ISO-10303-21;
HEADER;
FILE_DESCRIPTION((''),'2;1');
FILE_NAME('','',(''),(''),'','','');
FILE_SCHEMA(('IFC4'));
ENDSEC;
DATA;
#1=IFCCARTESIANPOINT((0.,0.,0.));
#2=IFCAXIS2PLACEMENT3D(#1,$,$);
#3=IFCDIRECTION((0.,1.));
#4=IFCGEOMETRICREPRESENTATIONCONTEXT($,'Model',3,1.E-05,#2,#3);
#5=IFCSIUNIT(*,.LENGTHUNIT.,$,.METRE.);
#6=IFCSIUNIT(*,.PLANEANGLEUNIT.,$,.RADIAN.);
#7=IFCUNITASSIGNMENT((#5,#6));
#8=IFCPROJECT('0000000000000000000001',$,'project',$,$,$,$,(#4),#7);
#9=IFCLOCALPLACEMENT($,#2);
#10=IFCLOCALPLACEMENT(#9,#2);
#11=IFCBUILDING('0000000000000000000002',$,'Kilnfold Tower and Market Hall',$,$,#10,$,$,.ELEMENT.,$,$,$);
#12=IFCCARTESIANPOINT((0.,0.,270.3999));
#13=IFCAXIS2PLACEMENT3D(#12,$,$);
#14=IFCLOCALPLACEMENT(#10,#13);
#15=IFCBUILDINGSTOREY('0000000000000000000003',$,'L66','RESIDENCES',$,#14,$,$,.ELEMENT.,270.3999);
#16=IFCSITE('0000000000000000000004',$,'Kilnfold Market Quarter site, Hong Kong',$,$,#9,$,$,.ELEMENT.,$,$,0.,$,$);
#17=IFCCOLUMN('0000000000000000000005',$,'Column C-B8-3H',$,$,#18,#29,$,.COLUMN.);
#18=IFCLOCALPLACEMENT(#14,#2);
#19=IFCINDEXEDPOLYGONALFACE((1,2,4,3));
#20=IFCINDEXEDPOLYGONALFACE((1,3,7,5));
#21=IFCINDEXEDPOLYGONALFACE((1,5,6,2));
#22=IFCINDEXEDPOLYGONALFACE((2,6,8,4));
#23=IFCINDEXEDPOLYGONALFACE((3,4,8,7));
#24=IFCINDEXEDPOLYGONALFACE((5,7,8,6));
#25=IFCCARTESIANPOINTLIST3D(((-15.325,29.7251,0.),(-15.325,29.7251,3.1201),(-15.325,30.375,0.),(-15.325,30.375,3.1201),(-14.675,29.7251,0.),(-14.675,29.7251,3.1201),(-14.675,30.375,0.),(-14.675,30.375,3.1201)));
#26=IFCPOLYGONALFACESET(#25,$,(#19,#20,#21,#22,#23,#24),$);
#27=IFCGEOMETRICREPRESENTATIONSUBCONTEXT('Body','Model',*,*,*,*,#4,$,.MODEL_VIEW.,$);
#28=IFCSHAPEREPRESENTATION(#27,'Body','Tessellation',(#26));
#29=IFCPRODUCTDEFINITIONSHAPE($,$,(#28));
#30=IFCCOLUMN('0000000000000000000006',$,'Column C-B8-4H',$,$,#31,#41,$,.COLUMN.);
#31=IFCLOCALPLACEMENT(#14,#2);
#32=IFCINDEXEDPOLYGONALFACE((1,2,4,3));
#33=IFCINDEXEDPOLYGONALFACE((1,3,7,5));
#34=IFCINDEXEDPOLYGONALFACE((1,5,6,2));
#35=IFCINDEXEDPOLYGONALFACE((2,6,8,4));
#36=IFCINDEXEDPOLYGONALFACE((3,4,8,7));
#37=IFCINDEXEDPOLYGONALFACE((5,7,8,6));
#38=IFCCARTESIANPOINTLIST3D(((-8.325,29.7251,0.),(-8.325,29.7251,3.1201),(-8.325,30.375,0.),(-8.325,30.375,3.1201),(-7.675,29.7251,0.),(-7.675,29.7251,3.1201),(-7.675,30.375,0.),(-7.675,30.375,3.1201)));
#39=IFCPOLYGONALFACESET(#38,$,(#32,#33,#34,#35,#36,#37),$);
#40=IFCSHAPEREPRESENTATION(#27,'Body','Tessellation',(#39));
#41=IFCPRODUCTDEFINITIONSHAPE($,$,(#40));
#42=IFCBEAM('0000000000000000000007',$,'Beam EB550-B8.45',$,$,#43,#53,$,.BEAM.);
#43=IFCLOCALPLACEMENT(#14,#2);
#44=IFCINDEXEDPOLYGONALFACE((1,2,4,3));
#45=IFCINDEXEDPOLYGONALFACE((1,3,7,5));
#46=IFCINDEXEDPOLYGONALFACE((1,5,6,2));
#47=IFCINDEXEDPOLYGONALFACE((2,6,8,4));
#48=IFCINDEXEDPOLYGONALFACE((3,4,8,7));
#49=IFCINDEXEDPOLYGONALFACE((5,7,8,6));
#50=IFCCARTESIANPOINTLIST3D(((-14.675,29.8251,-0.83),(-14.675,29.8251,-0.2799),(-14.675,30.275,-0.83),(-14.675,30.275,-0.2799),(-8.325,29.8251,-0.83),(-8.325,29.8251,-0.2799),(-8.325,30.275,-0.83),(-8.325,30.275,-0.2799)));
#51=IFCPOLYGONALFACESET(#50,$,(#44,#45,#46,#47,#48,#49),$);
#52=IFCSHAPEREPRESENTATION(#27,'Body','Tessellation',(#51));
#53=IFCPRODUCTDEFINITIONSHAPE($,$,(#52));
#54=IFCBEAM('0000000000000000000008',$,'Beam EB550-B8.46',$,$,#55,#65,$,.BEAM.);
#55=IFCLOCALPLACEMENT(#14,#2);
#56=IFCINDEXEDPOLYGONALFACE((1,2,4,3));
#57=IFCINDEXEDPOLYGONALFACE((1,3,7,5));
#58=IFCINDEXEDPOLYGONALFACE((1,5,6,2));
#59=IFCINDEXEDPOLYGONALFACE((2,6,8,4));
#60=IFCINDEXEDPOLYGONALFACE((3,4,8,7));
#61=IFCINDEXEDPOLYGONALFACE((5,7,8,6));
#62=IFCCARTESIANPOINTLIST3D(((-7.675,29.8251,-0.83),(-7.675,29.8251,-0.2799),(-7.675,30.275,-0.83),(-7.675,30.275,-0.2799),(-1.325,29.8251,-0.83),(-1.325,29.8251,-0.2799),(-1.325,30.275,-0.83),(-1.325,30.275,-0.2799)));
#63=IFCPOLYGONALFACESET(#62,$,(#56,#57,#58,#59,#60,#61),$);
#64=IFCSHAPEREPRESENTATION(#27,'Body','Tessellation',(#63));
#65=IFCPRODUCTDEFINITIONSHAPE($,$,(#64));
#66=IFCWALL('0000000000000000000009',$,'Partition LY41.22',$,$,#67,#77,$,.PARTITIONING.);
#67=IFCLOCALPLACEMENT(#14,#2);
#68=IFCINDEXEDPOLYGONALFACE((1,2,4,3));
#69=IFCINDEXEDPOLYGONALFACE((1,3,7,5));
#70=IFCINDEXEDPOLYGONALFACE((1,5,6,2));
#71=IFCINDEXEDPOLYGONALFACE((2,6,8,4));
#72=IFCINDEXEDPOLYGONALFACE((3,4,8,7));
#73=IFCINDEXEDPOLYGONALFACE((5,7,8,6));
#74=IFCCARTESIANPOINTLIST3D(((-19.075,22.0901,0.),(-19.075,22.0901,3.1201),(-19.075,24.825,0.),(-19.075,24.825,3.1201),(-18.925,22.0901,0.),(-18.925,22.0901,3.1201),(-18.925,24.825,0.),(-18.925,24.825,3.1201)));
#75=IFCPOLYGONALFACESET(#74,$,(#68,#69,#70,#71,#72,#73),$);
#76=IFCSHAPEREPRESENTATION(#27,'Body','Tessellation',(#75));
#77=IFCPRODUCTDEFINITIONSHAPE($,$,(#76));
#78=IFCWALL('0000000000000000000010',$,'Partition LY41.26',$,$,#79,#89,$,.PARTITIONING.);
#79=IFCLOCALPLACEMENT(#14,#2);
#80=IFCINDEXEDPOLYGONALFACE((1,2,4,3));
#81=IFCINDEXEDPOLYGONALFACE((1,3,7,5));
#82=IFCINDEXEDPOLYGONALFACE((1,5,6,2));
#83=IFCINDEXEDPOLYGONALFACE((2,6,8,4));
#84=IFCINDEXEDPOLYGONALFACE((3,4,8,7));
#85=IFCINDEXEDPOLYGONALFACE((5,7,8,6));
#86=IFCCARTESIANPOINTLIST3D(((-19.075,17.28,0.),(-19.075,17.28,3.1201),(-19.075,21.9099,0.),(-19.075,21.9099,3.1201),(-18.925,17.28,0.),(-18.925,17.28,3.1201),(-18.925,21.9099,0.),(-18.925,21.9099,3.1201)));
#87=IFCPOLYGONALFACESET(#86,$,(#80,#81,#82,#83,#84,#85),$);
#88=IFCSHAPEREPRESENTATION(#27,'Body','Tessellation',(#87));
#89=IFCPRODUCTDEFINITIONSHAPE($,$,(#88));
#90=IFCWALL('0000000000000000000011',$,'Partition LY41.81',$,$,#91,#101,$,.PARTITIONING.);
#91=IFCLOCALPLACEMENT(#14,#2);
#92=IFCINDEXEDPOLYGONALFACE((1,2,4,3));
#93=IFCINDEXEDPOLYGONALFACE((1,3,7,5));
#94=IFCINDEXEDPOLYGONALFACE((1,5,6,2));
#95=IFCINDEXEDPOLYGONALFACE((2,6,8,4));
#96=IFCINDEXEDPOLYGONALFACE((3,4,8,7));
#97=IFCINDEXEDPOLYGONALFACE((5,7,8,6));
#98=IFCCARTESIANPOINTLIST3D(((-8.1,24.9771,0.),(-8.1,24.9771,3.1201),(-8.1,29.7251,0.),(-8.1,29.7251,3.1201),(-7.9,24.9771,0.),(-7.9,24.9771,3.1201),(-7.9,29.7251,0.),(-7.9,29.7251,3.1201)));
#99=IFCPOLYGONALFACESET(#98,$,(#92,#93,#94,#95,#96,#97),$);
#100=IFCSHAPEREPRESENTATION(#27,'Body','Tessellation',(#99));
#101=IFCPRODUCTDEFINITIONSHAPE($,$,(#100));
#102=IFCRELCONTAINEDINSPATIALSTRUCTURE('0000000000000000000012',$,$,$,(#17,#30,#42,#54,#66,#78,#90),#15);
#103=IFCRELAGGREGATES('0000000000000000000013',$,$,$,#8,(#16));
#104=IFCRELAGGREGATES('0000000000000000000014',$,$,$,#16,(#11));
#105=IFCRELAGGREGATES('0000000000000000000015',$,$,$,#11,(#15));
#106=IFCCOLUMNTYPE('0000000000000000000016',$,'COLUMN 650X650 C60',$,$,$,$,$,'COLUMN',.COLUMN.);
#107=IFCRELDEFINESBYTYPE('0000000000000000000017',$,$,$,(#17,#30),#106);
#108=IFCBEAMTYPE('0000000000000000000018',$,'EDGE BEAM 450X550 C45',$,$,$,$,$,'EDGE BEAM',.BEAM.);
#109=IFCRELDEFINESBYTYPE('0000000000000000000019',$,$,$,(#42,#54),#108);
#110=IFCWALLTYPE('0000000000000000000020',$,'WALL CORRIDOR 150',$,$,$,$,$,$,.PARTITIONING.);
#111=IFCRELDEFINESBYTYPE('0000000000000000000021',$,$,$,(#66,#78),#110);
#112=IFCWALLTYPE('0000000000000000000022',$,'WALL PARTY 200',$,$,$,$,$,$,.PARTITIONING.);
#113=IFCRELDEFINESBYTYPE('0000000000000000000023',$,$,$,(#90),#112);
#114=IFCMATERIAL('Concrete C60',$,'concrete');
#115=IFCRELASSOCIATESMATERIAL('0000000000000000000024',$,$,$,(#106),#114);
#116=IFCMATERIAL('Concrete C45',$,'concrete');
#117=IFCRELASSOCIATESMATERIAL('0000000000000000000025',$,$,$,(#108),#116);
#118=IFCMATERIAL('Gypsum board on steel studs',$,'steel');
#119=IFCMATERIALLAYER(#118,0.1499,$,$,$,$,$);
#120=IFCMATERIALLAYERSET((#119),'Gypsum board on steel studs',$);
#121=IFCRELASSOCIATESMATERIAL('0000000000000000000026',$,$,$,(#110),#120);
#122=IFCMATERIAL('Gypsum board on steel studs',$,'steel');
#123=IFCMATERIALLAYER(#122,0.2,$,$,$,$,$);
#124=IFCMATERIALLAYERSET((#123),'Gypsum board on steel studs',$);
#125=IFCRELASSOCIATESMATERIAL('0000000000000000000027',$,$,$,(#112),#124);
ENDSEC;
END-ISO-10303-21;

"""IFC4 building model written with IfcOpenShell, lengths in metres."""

from ifc_helpers import new_model, si_unit, direction, frame, frame_2d, origin, origin_2d, place, context, subcontext, project, spatial, rectangle, extrude, source, transform, mapped, material, layer, layer_set, material_profile, profile_set, type_object, element, save


model = new_model("IFC4")

# Units and contexts
model_context = context("Model", 3, precision=1e-05, world=origin(), true_north=direction((0.0, 1.0)))
body_context = subcontext(model_context, "Body", "Model", "MODEL_VIEW")
ifc_project = project(units=[si_unit("LENGTHUNIT", "METRE"), si_unit("PLANEANGLEUNIT", "RADIAN")], contexts=[model_context])

# Site, building, storey
site_placement = place(None, origin())
site = spatial("IfcSite", under=ifc_project, at=site_placement, Name="Kilnfold Market Quarter site, Hong Kong", CompositionType="ELEMENT", RefElevation=0.0)
building_placement = place(site_placement, origin())
building = spatial("IfcBuilding", under=site, at=building_placement, Name="Kilnfold Tower and Market Hall", CompositionType="ELEMENT")
storey_placement = place(building_placement, frame((0.0, 0.0, 270.3999)))
storey = spatial("IfcBuildingStorey", under=building, at=storey_placement, Name="L66", Description="RESIDENCES", CompositionType="ELEMENT", Elevation=270.3999)

# Columns
ifc_material_1 = material(Name="Concrete C60", Category="concrete")
ifc_material_profile_1 = material_profile(ifc_material_1, rectangle(XDim=0.6499, YDim=0.6499, at=origin_2d()), Name="RC 650x650")
ifc_profile_set_1 = profile_set([ifc_material_profile_1], Name="Concrete C60")
column_type = type_object("IfcColumnType", Name="COLUMN 650X650 C60", ElementType="COLUMN", PredefinedType="COLUMN", material=ifc_profile_set_1)
shared_shape_1 = source(origin(), body_context, "Body", "SweptSolid", [
    extrude(rectangle(XDim=0.6499, YDim=0.6499, at=origin_2d()), origin(), (0.0, 0.0, 1.0), 3.1201),
])
for number, where, z_axis, x_axis, name in (
    (1, (-15.0, 30.05, 0.0), (0.0, 0.0, 1.0), (1.0, 0.0, 0.0), "Column C-B8-3H"),
    (2, (-8.0, 30.05, 0.0), (0.0, 0.0, 1.0), (1.0, 0.0, 0.0), "Column C-B8-4H"),
):
    element("IfcColumn", number, at=place(storey_placement, frame(where, z_axis=z_axis, x_axis=x_axis)), inside=storey, type_object=column_type, Name=name, PredefinedType="COLUMN", context=body_context, shape_type="MappedRepresentation", body=[
        mapped(shared_shape_1, transform((0.0, 0.0, 0.0))),
    ])

# Beams
ifc_material_2 = material(Name="Concrete C45", Category="concrete")
ifc_material_profile_2 = material_profile(ifc_material_2, rectangle(XDim=0.45, YDim=0.55, at=origin_2d()), Name="RC 450x550")
ifc_profile_set_2 = profile_set([ifc_material_profile_2], Name="Concrete C45")
beam_type = type_object("IfcBeamType", Name="EDGE BEAM 450X550 C45", ElementType="EDGE BEAM", PredefinedType="BEAM", material=ifc_profile_set_2)
shared_shape_2 = source(origin(), body_context, "Body", "SweptSolid", [
    extrude(rectangle(XDim=0.45, YDim=0.55, at=origin_2d()), origin(), (0.0, 0.0, 1.0), 6.3501),
])
for number, where, z_axis, x_axis, name in (
    (3, (-14.675, 30.05, -0.5549), (1.0, 0.0, 0.0), (0.0, 1.0, 0.0), "Beam EB550-B8.45"),
    (4, (-7.675, 30.05, -0.5549), (1.0, 0.0, 0.0), (0.0, 1.0, 0.0), "Beam EB550-B8.46"),
):
    element("IfcBeam", number, at=place(storey_placement, frame(where, z_axis=z_axis, x_axis=x_axis)), inside=storey, type_object=beam_type, Name=name, PredefinedType="BEAM", context=body_context, shape_type="MappedRepresentation", body=[
        mapped(shared_shape_2, transform((0.0, 0.0, 0.0))),
    ])

# Walls
ifc_material_3 = material(Name="Gypsum board on steel studs", Category="steel")
ifc_layer_1 = layer(ifc_material_3, 0.1499)
ifc_layer_set_1 = layer_set([ifc_layer_1], Name="Gypsum board on steel studs")
wall_type_1 = type_object("IfcWallType", Name="WALL CORRIDOR 150", PredefinedType="PARTITIONING", material=ifc_layer_set_1)
wall_1_placement = place(storey_placement, frame((-19.0, 22.0901, 0.0), z_axis=(0.0, 0.0, 1.0), x_axis=(0.0, 1.0, 0.0)))
element("IfcWall", 5, at=wall_1_placement, inside=storey, type_object=wall_type_1, Name="Partition LY41.22", PredefinedType="PARTITIONING", context=body_context, shape_type="SweptSolid", body=[
    extrude(rectangle(XDim=2.7349, YDim=0.1499, at=frame_2d((1.3674, 0.0))), origin(), (0.0, 0.0, 1.0), 3.1201),
])
wall_2_placement = place(storey_placement, frame((-19.0, 17.28, 0.0), z_axis=(0.0, 0.0, 1.0), x_axis=(0.0, 1.0, 0.0)))
element("IfcWall", 6, at=wall_2_placement, inside=storey, type_object=wall_type_1, Name="Partition LY41.26", PredefinedType="PARTITIONING", context=body_context, shape_type="SweptSolid", body=[
    extrude(rectangle(XDim=4.6299, YDim=0.1499, at=frame_2d((2.3149, 0.0))), origin(), (0.0, 0.0, 1.0), 3.1201),
])
ifc_material_4 = material(Name="Gypsum board on steel studs", Category="steel")
ifc_layer_2 = layer(ifc_material_4, 0.2)
ifc_layer_set_2 = layer_set([ifc_layer_2], Name="Gypsum board on steel studs")
wall_type_2 = type_object("IfcWallType", Name="WALL PARTY 200", PredefinedType="PARTITIONING", material=ifc_layer_set_2)
wall_3_placement = place(storey_placement, frame((-8.0, 29.7251, 0.0), z_axis=(0.0, 0.0, 1.0), x_axis=(0.0, -1.0, 0.0)))
element("IfcWall", 7, at=wall_3_placement, inside=storey, type_object=wall_type_2, Name="Partition LY41.81", PredefinedType="PARTITIONING", context=body_context, shape_type="SweptSolid", body=[
    extrude(rectangle(XDim=4.748, YDim=0.2, at=frame_2d((2.374, 0.0))), origin(), (0.0, 0.0, 1.0), 3.1201),
])

save(model, "model.ifc")
